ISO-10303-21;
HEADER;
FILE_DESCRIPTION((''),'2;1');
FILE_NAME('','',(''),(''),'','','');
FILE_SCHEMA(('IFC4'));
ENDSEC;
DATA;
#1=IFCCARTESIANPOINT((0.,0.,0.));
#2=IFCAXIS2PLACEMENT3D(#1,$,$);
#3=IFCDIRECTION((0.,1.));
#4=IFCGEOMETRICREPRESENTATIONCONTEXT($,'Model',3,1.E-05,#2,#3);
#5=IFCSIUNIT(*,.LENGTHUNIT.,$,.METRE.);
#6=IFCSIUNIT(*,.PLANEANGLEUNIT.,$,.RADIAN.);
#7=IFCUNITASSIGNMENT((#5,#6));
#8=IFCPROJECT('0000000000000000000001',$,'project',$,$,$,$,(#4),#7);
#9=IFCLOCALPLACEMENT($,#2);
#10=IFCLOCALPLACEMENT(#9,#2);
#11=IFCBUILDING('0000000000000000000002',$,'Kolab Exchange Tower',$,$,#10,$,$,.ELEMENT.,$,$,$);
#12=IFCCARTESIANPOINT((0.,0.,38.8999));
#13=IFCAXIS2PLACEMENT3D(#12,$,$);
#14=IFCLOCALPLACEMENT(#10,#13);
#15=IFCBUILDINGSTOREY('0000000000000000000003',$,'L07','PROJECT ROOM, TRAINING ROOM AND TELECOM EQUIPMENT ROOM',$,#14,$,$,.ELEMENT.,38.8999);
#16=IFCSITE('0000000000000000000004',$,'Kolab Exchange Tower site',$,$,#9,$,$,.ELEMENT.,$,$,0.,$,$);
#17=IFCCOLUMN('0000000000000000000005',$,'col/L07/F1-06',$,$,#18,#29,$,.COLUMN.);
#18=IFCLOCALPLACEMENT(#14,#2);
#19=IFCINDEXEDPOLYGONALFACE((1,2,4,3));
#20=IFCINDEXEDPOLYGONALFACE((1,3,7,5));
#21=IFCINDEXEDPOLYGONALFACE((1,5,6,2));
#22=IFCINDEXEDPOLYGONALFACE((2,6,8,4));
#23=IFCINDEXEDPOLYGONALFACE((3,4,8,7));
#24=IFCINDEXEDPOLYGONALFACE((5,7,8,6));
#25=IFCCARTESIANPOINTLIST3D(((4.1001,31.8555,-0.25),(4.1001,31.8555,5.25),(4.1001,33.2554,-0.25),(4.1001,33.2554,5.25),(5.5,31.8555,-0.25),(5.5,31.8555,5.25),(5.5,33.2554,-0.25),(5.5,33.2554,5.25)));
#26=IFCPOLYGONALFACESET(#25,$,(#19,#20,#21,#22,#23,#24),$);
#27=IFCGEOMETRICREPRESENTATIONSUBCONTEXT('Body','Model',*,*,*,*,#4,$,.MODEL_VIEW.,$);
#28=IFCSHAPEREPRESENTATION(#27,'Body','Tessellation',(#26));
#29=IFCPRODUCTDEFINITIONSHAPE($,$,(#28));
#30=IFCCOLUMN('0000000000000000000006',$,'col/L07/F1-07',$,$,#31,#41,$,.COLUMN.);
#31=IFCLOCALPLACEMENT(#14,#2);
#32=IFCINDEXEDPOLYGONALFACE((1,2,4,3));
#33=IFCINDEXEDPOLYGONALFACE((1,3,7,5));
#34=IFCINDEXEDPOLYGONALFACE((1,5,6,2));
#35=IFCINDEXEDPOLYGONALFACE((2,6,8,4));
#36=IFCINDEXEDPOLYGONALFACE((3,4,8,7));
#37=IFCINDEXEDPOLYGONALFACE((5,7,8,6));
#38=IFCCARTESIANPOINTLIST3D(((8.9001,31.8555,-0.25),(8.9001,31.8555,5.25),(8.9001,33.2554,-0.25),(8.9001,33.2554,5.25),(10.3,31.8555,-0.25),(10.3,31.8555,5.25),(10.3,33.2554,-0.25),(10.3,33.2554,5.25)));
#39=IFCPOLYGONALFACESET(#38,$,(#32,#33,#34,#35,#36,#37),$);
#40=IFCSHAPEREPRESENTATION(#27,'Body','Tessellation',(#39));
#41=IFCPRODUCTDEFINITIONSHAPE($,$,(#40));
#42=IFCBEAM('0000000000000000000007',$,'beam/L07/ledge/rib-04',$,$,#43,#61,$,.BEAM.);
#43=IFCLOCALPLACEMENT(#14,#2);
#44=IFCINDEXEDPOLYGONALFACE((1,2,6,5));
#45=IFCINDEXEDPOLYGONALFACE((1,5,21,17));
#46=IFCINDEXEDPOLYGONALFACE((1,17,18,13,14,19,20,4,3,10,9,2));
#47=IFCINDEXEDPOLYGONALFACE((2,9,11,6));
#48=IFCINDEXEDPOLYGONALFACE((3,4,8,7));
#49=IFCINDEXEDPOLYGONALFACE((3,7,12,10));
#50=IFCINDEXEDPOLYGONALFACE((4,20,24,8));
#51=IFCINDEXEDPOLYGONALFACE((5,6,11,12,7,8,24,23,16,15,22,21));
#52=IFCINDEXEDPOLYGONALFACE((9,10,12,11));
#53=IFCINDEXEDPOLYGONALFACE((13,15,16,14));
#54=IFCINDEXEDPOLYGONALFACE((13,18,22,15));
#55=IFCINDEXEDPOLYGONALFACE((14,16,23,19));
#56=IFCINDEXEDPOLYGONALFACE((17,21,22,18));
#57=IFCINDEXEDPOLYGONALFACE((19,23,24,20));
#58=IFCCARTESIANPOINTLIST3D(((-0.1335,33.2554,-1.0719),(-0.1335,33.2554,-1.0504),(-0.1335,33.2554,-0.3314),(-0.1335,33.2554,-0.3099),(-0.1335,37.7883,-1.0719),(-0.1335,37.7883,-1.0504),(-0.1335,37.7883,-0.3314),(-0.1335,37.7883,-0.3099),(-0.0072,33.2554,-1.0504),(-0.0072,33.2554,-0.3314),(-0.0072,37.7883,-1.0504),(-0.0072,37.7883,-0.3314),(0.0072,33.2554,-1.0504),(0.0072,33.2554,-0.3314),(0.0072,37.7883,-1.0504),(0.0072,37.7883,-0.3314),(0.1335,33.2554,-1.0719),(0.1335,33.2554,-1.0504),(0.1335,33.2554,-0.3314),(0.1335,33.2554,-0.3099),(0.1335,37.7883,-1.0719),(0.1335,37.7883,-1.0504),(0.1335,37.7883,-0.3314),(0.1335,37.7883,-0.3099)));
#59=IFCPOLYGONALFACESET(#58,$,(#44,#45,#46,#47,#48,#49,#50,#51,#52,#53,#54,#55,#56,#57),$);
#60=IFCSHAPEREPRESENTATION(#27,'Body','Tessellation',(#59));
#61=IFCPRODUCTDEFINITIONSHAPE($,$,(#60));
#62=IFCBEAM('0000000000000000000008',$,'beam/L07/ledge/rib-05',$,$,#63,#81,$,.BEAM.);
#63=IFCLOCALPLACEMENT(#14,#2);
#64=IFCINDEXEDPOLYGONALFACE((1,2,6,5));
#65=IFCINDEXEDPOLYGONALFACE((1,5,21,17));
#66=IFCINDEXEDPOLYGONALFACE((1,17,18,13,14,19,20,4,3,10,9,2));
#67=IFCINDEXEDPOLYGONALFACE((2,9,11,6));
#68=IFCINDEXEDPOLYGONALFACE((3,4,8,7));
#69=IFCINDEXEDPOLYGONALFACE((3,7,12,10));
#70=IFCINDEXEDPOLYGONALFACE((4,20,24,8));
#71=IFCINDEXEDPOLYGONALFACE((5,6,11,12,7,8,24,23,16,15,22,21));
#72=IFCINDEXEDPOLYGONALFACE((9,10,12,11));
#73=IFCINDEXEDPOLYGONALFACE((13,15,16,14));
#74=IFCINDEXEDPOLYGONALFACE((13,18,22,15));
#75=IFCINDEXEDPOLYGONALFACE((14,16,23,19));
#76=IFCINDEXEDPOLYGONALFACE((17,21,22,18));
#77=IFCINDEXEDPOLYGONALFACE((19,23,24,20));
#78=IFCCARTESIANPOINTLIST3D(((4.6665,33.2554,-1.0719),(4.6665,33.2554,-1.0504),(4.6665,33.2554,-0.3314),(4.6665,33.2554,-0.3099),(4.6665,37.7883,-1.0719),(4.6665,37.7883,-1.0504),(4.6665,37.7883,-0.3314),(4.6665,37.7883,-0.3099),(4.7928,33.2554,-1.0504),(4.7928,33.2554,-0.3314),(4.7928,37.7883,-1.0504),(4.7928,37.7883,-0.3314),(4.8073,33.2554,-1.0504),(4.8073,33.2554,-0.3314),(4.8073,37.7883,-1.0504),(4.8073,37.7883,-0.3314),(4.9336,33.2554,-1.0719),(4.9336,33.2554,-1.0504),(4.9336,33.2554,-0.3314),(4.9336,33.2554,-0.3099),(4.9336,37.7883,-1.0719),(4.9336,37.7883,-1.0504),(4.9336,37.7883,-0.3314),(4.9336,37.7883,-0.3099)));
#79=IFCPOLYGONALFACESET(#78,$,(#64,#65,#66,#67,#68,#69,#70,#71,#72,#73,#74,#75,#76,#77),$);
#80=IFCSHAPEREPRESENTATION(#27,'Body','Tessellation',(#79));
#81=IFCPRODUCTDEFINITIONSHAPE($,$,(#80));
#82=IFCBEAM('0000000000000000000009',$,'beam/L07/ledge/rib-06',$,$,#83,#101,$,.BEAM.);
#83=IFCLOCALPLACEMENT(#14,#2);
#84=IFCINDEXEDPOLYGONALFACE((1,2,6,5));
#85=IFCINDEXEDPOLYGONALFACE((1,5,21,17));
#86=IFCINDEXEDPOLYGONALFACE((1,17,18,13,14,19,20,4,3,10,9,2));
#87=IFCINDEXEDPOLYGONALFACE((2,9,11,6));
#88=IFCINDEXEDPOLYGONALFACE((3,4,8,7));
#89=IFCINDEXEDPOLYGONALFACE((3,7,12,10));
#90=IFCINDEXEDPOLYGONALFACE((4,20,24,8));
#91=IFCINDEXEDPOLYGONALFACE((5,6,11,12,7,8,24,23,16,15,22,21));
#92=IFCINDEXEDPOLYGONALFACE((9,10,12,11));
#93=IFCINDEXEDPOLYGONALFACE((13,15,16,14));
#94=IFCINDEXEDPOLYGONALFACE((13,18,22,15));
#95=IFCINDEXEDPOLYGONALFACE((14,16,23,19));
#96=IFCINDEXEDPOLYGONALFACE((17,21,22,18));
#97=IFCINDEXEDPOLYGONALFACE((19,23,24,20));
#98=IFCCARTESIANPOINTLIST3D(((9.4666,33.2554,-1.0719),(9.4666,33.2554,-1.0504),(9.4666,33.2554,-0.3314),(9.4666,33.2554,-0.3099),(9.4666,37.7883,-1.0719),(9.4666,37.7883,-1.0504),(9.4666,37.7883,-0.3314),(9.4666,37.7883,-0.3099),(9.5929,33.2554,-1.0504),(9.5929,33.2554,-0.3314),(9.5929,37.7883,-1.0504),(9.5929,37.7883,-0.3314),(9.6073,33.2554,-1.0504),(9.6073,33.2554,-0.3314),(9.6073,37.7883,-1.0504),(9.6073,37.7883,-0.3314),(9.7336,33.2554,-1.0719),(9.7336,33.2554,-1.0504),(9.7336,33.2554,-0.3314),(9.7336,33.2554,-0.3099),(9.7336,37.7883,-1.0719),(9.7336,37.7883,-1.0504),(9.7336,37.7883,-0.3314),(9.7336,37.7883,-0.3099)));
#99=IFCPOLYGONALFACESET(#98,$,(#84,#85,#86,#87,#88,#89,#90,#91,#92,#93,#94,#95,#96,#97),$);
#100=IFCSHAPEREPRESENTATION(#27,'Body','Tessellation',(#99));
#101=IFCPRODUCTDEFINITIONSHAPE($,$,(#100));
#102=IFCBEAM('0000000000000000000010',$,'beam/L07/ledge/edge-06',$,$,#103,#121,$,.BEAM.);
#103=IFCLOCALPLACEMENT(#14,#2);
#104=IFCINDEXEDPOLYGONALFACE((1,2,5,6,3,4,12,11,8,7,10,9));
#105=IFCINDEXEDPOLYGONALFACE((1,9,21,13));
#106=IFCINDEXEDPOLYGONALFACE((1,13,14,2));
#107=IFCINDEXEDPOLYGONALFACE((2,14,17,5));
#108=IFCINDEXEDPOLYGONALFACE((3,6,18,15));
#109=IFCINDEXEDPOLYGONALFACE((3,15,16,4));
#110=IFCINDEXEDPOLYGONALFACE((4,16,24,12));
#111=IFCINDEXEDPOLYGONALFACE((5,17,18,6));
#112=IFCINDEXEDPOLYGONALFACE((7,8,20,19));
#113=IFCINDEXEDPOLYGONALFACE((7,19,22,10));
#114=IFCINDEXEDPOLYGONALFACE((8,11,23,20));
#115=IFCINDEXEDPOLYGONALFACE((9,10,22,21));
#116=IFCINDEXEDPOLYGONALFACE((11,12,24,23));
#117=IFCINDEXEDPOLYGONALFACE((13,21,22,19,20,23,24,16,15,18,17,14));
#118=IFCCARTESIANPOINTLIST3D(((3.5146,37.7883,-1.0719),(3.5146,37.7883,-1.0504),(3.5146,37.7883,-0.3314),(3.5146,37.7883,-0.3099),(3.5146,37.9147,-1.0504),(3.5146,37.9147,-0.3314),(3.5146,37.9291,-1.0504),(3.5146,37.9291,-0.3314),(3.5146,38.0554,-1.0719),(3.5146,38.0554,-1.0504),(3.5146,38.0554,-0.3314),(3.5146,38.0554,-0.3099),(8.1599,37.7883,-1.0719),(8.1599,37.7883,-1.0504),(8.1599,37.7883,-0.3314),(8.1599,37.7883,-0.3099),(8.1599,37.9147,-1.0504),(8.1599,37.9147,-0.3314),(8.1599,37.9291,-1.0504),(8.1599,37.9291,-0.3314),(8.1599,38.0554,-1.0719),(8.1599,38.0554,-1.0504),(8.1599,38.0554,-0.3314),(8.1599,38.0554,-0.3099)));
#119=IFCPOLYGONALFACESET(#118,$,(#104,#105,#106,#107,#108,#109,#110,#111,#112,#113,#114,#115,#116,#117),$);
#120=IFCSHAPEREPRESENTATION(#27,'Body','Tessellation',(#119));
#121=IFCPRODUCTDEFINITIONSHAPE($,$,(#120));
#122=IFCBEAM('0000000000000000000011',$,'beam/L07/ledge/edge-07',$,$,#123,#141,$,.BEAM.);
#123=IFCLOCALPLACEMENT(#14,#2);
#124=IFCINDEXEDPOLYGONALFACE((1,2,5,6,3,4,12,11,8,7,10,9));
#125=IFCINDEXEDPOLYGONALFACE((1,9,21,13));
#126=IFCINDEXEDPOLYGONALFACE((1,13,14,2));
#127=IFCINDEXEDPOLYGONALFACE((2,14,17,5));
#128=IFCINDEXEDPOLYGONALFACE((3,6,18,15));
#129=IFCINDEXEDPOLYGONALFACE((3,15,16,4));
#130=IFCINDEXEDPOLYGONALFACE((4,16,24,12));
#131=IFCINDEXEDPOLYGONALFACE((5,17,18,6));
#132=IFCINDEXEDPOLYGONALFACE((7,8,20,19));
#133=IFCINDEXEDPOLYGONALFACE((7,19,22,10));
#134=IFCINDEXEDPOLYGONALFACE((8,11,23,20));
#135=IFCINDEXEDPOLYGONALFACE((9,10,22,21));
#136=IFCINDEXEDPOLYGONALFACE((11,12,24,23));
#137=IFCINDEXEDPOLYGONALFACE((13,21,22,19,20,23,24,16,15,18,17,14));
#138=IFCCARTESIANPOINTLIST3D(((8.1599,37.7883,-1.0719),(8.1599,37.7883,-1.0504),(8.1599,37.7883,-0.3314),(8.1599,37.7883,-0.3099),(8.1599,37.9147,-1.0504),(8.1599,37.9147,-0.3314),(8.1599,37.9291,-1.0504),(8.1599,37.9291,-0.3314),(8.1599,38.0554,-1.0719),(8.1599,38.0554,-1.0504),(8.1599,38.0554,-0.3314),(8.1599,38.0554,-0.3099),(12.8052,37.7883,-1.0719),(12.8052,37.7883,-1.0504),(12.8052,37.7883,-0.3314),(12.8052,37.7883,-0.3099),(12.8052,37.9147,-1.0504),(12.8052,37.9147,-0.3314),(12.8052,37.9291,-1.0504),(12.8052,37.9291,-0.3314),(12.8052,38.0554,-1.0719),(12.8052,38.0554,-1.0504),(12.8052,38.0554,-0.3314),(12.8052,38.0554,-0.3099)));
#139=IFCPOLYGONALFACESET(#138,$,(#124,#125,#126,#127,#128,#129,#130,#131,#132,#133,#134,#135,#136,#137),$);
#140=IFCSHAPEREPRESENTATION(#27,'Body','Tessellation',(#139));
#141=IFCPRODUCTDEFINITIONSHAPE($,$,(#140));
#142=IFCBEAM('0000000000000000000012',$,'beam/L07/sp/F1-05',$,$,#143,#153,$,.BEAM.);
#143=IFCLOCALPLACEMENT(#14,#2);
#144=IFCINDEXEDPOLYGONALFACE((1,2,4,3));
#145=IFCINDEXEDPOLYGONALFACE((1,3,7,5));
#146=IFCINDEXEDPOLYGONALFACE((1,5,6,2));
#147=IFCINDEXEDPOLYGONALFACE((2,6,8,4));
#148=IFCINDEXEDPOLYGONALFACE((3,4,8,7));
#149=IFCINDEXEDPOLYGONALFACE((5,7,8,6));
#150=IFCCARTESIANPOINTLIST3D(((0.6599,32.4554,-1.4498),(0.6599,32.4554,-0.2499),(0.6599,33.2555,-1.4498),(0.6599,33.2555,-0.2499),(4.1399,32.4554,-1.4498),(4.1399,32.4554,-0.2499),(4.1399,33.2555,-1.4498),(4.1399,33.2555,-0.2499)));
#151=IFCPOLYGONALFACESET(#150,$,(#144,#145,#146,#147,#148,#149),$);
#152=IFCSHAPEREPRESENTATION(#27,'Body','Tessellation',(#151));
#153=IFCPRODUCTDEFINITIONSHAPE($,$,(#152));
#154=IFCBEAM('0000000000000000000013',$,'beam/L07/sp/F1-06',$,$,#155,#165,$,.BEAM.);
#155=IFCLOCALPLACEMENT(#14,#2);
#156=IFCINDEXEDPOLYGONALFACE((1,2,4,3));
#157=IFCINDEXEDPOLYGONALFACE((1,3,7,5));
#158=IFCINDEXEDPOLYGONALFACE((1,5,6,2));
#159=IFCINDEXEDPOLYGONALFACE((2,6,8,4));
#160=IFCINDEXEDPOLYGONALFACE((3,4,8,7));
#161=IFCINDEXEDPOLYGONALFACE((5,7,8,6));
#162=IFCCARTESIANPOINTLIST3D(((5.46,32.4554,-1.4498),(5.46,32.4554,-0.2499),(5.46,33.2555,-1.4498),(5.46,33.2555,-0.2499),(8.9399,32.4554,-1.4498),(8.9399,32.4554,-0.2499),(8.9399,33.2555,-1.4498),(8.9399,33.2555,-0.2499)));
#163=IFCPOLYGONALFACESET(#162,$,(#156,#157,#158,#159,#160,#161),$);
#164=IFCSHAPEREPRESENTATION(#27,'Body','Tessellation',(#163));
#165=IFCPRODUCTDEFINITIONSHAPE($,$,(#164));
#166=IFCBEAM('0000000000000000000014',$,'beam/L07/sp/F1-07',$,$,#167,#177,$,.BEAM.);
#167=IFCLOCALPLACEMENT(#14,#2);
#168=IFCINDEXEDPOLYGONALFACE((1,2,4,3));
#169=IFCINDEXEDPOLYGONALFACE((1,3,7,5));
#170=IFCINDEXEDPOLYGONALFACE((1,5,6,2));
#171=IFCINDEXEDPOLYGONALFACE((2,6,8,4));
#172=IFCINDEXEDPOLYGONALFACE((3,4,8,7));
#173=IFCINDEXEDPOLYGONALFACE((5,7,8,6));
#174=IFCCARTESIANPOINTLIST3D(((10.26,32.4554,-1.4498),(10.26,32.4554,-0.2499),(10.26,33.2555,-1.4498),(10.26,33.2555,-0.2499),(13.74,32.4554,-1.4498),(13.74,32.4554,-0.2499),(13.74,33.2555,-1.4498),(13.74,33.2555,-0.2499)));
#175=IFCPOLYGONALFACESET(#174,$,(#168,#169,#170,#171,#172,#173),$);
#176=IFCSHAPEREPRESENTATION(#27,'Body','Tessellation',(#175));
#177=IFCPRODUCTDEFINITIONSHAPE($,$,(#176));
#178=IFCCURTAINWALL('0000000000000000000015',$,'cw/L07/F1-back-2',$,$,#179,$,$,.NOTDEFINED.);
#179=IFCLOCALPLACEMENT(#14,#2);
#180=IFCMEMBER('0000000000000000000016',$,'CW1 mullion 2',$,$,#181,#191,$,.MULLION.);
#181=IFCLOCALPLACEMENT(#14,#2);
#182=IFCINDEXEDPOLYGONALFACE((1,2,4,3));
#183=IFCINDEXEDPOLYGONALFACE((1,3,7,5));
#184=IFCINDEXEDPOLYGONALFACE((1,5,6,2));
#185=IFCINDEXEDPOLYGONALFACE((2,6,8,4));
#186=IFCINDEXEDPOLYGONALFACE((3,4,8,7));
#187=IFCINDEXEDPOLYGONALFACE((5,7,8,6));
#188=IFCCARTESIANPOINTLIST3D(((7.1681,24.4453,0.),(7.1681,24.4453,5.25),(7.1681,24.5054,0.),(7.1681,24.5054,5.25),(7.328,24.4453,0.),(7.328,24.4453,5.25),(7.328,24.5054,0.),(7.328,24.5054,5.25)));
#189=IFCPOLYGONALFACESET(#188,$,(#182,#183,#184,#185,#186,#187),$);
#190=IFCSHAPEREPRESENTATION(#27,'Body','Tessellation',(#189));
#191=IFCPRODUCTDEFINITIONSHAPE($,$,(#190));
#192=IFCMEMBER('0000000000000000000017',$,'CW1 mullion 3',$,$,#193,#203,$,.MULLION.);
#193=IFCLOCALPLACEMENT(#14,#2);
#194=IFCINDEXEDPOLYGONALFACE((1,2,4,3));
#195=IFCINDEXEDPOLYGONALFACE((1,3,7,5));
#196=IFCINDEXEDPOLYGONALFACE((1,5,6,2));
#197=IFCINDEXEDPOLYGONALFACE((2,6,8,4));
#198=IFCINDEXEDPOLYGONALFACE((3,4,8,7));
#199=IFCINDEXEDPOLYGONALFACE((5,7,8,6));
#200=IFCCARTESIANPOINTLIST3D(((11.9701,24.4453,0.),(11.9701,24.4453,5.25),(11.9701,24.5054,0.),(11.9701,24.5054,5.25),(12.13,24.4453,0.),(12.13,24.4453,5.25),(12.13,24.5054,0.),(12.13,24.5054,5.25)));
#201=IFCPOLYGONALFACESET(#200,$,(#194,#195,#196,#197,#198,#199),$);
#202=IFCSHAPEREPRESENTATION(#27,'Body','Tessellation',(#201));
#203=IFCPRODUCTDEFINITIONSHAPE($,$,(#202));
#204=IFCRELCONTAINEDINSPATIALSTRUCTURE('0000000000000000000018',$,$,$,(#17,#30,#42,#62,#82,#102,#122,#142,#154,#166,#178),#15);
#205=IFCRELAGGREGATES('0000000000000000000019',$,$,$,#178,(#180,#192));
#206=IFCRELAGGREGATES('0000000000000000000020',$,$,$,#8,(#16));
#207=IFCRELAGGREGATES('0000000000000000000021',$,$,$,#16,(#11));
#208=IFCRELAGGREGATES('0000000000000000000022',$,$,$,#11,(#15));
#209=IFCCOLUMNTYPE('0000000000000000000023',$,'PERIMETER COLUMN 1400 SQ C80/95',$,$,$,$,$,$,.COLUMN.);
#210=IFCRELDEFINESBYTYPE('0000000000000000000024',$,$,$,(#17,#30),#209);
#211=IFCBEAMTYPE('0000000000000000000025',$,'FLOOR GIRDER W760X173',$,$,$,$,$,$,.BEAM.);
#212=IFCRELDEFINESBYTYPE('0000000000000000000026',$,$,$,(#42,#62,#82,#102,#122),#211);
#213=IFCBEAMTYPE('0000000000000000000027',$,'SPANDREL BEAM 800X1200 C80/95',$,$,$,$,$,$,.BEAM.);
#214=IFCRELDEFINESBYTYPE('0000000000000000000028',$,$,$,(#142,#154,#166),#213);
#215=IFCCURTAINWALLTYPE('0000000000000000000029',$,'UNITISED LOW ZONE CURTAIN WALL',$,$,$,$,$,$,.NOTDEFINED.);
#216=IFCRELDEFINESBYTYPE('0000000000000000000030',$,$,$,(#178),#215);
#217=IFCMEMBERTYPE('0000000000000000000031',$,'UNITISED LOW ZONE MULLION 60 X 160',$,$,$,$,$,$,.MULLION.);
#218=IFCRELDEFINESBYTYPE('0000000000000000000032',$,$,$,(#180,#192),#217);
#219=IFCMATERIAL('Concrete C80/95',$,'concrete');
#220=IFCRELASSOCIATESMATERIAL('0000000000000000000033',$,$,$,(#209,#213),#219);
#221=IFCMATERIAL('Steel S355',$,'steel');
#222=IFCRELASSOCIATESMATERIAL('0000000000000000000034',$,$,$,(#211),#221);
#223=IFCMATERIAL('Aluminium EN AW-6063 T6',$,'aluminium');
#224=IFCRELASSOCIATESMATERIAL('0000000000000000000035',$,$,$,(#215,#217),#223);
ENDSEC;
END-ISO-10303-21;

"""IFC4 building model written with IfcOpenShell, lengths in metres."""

from ifc_helpers import new_model, si_unit, direction, frame, origin, origin_2d, place, context, subcontext, project, spatial, rectangle, i_section, extrude, material, material_profile, profile_set, type_object, element, aggregate, save


model = new_model("IFC4")

# Units and contexts
model_context = context("Model", 3, precision=1e-05, world=origin(), true_north=direction((0.0, 1.0)))
body_context = subcontext(model_context, "Body", "Model", "MODEL_VIEW")
ifc_project = project(units=[si_unit("LENGTHUNIT", "METRE"), si_unit("PLANEANGLEUNIT", "RADIAN")], contexts=[model_context])

# Site, building, storey
site_placement = place(None, origin())
site = spatial("IfcSite", under=ifc_project, at=site_placement, Name="Kolab Exchange Tower site", CompositionType="ELEMENT", RefElevation=0.0)
building_placement = place(site_placement, origin())
building = spatial("IfcBuilding", under=site, at=building_placement, Name="Kolab Exchange Tower", CompositionType="ELEMENT")
storey_placement = place(building_placement, frame((0.0, 0.0, 38.8999)))
storey = spatial("IfcBuildingStorey", under=building, at=storey_placement, Name="L07", Description="PROJECT ROOM, TRAINING ROOM AND TELECOM EQUIPMENT ROOM", CompositionType="ELEMENT", Elevation=38.8999)

# Columns
ifc_material_1 = material(Name="Concrete C80/95", Category="concrete")
ifc_material_profile_1 = material_profile(ifc_material_1, rectangle(XDim=1.3999, YDim=1.3999, at=origin_2d()), Name="RC1400")
ifc_profile_set_1 = profile_set([ifc_material_profile_1], Name="Concrete C80/95")
column_type = type_object("IfcColumnType", Name="PERIMETER COLUMN 1400 SQ C80/95", PredefinedType="COLUMN", material=ifc_profile_set_1)
for number, where, z_axis, x_axis, name in (
    (1, (4.8, 32.5554, -0.25), (0.0, 0.0, 1.0), (1.0, 0.0, 0.0), "col/L07/F1-06"),
    (2, (9.6001, 32.5554, -0.25), (0.0, 0.0, 1.0), (1.0, 0.0, 0.0), "col/L07/F1-07"),
):
    element("IfcColumn", number, at=place(storey_placement, frame(where, z_axis=z_axis, x_axis=x_axis)), inside=storey, type_object=column_type, Name=name, PredefinedType="COLUMN", context=body_context, shape_type="SweptSolid", body=[
        extrude(rectangle(XDim=1.3999, YDim=1.3999, at=origin_2d()), origin(), (0.0, 0.0, 1.0), 5.5),
    ])

# Beams
ifc_material_2 = material(Name="Steel S355", Category="steel")
ifc_material_profile_2 = material_profile(ifc_material_2, i_section(OverallWidth=0.2671, OverallDepth=0.762, WebThickness=0.0144, FlangeThickness=0.0215, at=origin_2d()), Name="W760X173")
ifc_profile_set_2 = profile_set([ifc_material_profile_2], Name="Steel S355")
beam_type_1 = type_object("IfcBeamType", Name="FLOOR GIRDER W760X173", PredefinedType="BEAM", material=ifc_profile_set_2)
for number, where, z_axis, x_axis, name in (
    (3, (0.0, 33.2554, -0.6909), (0.0, 1.0, 0.0), (-1.0, 0.0, 0.0), "beam/L07/ledge/rib-04"),
    (4, (4.8, 33.2554, -0.6909), (0.0, 1.0, 0.0), (-1.0, 0.0, 0.0), "beam/L07/ledge/rib-05"),
    (5, (9.6001, 33.2554, -0.6909), (0.0, 1.0, 0.0), (-1.0, 0.0, 0.0), "beam/L07/ledge/rib-06"),
):
    element("IfcBeam", number, at=place(storey_placement, frame(where, z_axis=z_axis, x_axis=x_axis)), inside=storey, type_object=beam_type_1, Name=name, PredefinedType="BEAM", context=body_context, shape_type="SweptSolid", body=[
        extrude(i_section(OverallWidth=0.2671, OverallDepth=0.762, WebThickness=0.0144, FlangeThickness=0.0215, at=origin_2d()), origin(), (0.0, 0.0, 1.0), 4.533),
    ])
for number, where, z_axis, x_axis, name in (
    (6, (3.5146, 37.9219, -0.6909), (1.0, 0.0, 0.0), (0.0, 1.0, 0.0), "beam/L07/ledge/edge-06"),
    (7, (8.1599, 37.9219, -0.6909), (1.0, 0.0, 0.0), (0.0, 1.0, 0.0), "beam/L07/ledge/edge-07"),
):
    element("IfcBeam", number, at=place(storey_placement, frame(where, z_axis=z_axis, x_axis=x_axis)), inside=storey, type_object=beam_type_1, Name=name, PredefinedType="BEAM", context=body_context, shape_type="SweptSolid", body=[
        extrude(i_section(OverallWidth=0.2671, OverallDepth=0.762, WebThickness=0.0144, FlangeThickness=0.0215, at=origin_2d()), origin(), (0.0, 0.0, 1.0), 4.6453),
    ])
ifc_material_profile_3 = material_profile(ifc_material_1, rectangle(XDim=0.8, YDim=1.2, at=origin_2d()), Name="RC800X1200")
ifc_profile_set_3 = profile_set([ifc_material_profile_3], Name="Concrete C80/95")
beam_type_2 = type_object("IfcBeamType", Name="SPANDREL BEAM 800X1200 C80/95", PredefinedType="BEAM", material=ifc_profile_set_3)
for number, where, z_axis, x_axis, name in (
    (8, (0.6599, 32.8555, -0.8499), (1.0, 0.0, 0.0), (0.0, 1.0, 0.0), "beam/L07/sp/F1-05"),
    (9, (5.46, 32.8555, -0.8499), (1.0, 0.0, 0.0), (0.0, 1.0, 0.0), "beam/L07/sp/F1-06"),
    (10, (10.26, 32.8555, -0.8499), (1.0, 0.0, 0.0), (0.0, 1.0, 0.0), "beam/L07/sp/F1-07"),
):
    element("IfcBeam", number, at=place(storey_placement, frame(where, z_axis=z_axis, x_axis=x_axis)), inside=storey, type_object=beam_type_2, Name=name, PredefinedType="BEAM", context=body_context, shape_type="SweptSolid", body=[
        extrude(rectangle(XDim=0.8, YDim=1.2, at=origin_2d()), origin(), (0.0, 0.0, 1.0), 3.48),
    ])

# Curtain wall, members
ifc_material_3 = material(Name="Aluminium EN AW-6063 T6", Category="aluminium")
curtain_wall_type = type_object("IfcCurtainWallType", Name="UNITISED LOW ZONE CURTAIN WALL", PredefinedType="NOTDEFINED", material=ifc_material_3)
curtain_wall_1_placement = place(storey_placement, origin())
curtain_wall_1 = element("IfcCurtainWall", 11, at=curtain_wall_1_placement, inside=storey, type_object=curtain_wall_type, Name="cw/L07/F1-back-2", PredefinedType="NOTDEFINED")
ifc_material_profile_4 = material_profile(ifc_material_3, rectangle(XDim=0.0601, YDim=0.1599, at=origin_2d()), Name="RECT 60X160")
ifc_profile_set_4 = profile_set([ifc_material_profile_4], Name="Aluminium EN AW-6063 T6")
member_type_1 = type_object("IfcMemberType", Name="UNITISED LOW ZONE MULLION 60 X 160", PredefinedType="MULLION", material=ifc_profile_set_4)
member_1_placement = place(storey_placement, frame((7.248, 24.4753, 0.0), z_axis=(0.0, 0.0, 1.0), x_axis=(0.0, 1.0, 0.0)))
member_1 = element("IfcMember", 12, at=member_1_placement, type_object=member_type_1, Name="CW1 mullion 2", PredefinedType="MULLION", context=body_context, shape_type="SweptSolid", body=[
    extrude(rectangle(XDim=0.0601, YDim=0.1599, at=origin_2d()), origin(), (0.0, 0.0, 1.0), 5.25),
])
member_2_placement = place(storey_placement, frame((12.05, 24.4753, 0.0), z_axis=(0.0, 0.0, 1.0), x_axis=(0.0, 1.0, 0.0)))
member_2 = element("IfcMember", 13, at=member_2_placement, type_object=member_type_1, Name="CW1 mullion 3", PredefinedType="MULLION", context=body_context, shape_type="SweptSolid", body=[
    extrude(rectangle(XDim=0.0601, YDim=0.1599, at=origin_2d()), origin(), (0.0, 0.0, 1.0), 5.25),
])

aggregate(curtain_wall_1, [member_1, member_2])

save(model, "model.ifc")
